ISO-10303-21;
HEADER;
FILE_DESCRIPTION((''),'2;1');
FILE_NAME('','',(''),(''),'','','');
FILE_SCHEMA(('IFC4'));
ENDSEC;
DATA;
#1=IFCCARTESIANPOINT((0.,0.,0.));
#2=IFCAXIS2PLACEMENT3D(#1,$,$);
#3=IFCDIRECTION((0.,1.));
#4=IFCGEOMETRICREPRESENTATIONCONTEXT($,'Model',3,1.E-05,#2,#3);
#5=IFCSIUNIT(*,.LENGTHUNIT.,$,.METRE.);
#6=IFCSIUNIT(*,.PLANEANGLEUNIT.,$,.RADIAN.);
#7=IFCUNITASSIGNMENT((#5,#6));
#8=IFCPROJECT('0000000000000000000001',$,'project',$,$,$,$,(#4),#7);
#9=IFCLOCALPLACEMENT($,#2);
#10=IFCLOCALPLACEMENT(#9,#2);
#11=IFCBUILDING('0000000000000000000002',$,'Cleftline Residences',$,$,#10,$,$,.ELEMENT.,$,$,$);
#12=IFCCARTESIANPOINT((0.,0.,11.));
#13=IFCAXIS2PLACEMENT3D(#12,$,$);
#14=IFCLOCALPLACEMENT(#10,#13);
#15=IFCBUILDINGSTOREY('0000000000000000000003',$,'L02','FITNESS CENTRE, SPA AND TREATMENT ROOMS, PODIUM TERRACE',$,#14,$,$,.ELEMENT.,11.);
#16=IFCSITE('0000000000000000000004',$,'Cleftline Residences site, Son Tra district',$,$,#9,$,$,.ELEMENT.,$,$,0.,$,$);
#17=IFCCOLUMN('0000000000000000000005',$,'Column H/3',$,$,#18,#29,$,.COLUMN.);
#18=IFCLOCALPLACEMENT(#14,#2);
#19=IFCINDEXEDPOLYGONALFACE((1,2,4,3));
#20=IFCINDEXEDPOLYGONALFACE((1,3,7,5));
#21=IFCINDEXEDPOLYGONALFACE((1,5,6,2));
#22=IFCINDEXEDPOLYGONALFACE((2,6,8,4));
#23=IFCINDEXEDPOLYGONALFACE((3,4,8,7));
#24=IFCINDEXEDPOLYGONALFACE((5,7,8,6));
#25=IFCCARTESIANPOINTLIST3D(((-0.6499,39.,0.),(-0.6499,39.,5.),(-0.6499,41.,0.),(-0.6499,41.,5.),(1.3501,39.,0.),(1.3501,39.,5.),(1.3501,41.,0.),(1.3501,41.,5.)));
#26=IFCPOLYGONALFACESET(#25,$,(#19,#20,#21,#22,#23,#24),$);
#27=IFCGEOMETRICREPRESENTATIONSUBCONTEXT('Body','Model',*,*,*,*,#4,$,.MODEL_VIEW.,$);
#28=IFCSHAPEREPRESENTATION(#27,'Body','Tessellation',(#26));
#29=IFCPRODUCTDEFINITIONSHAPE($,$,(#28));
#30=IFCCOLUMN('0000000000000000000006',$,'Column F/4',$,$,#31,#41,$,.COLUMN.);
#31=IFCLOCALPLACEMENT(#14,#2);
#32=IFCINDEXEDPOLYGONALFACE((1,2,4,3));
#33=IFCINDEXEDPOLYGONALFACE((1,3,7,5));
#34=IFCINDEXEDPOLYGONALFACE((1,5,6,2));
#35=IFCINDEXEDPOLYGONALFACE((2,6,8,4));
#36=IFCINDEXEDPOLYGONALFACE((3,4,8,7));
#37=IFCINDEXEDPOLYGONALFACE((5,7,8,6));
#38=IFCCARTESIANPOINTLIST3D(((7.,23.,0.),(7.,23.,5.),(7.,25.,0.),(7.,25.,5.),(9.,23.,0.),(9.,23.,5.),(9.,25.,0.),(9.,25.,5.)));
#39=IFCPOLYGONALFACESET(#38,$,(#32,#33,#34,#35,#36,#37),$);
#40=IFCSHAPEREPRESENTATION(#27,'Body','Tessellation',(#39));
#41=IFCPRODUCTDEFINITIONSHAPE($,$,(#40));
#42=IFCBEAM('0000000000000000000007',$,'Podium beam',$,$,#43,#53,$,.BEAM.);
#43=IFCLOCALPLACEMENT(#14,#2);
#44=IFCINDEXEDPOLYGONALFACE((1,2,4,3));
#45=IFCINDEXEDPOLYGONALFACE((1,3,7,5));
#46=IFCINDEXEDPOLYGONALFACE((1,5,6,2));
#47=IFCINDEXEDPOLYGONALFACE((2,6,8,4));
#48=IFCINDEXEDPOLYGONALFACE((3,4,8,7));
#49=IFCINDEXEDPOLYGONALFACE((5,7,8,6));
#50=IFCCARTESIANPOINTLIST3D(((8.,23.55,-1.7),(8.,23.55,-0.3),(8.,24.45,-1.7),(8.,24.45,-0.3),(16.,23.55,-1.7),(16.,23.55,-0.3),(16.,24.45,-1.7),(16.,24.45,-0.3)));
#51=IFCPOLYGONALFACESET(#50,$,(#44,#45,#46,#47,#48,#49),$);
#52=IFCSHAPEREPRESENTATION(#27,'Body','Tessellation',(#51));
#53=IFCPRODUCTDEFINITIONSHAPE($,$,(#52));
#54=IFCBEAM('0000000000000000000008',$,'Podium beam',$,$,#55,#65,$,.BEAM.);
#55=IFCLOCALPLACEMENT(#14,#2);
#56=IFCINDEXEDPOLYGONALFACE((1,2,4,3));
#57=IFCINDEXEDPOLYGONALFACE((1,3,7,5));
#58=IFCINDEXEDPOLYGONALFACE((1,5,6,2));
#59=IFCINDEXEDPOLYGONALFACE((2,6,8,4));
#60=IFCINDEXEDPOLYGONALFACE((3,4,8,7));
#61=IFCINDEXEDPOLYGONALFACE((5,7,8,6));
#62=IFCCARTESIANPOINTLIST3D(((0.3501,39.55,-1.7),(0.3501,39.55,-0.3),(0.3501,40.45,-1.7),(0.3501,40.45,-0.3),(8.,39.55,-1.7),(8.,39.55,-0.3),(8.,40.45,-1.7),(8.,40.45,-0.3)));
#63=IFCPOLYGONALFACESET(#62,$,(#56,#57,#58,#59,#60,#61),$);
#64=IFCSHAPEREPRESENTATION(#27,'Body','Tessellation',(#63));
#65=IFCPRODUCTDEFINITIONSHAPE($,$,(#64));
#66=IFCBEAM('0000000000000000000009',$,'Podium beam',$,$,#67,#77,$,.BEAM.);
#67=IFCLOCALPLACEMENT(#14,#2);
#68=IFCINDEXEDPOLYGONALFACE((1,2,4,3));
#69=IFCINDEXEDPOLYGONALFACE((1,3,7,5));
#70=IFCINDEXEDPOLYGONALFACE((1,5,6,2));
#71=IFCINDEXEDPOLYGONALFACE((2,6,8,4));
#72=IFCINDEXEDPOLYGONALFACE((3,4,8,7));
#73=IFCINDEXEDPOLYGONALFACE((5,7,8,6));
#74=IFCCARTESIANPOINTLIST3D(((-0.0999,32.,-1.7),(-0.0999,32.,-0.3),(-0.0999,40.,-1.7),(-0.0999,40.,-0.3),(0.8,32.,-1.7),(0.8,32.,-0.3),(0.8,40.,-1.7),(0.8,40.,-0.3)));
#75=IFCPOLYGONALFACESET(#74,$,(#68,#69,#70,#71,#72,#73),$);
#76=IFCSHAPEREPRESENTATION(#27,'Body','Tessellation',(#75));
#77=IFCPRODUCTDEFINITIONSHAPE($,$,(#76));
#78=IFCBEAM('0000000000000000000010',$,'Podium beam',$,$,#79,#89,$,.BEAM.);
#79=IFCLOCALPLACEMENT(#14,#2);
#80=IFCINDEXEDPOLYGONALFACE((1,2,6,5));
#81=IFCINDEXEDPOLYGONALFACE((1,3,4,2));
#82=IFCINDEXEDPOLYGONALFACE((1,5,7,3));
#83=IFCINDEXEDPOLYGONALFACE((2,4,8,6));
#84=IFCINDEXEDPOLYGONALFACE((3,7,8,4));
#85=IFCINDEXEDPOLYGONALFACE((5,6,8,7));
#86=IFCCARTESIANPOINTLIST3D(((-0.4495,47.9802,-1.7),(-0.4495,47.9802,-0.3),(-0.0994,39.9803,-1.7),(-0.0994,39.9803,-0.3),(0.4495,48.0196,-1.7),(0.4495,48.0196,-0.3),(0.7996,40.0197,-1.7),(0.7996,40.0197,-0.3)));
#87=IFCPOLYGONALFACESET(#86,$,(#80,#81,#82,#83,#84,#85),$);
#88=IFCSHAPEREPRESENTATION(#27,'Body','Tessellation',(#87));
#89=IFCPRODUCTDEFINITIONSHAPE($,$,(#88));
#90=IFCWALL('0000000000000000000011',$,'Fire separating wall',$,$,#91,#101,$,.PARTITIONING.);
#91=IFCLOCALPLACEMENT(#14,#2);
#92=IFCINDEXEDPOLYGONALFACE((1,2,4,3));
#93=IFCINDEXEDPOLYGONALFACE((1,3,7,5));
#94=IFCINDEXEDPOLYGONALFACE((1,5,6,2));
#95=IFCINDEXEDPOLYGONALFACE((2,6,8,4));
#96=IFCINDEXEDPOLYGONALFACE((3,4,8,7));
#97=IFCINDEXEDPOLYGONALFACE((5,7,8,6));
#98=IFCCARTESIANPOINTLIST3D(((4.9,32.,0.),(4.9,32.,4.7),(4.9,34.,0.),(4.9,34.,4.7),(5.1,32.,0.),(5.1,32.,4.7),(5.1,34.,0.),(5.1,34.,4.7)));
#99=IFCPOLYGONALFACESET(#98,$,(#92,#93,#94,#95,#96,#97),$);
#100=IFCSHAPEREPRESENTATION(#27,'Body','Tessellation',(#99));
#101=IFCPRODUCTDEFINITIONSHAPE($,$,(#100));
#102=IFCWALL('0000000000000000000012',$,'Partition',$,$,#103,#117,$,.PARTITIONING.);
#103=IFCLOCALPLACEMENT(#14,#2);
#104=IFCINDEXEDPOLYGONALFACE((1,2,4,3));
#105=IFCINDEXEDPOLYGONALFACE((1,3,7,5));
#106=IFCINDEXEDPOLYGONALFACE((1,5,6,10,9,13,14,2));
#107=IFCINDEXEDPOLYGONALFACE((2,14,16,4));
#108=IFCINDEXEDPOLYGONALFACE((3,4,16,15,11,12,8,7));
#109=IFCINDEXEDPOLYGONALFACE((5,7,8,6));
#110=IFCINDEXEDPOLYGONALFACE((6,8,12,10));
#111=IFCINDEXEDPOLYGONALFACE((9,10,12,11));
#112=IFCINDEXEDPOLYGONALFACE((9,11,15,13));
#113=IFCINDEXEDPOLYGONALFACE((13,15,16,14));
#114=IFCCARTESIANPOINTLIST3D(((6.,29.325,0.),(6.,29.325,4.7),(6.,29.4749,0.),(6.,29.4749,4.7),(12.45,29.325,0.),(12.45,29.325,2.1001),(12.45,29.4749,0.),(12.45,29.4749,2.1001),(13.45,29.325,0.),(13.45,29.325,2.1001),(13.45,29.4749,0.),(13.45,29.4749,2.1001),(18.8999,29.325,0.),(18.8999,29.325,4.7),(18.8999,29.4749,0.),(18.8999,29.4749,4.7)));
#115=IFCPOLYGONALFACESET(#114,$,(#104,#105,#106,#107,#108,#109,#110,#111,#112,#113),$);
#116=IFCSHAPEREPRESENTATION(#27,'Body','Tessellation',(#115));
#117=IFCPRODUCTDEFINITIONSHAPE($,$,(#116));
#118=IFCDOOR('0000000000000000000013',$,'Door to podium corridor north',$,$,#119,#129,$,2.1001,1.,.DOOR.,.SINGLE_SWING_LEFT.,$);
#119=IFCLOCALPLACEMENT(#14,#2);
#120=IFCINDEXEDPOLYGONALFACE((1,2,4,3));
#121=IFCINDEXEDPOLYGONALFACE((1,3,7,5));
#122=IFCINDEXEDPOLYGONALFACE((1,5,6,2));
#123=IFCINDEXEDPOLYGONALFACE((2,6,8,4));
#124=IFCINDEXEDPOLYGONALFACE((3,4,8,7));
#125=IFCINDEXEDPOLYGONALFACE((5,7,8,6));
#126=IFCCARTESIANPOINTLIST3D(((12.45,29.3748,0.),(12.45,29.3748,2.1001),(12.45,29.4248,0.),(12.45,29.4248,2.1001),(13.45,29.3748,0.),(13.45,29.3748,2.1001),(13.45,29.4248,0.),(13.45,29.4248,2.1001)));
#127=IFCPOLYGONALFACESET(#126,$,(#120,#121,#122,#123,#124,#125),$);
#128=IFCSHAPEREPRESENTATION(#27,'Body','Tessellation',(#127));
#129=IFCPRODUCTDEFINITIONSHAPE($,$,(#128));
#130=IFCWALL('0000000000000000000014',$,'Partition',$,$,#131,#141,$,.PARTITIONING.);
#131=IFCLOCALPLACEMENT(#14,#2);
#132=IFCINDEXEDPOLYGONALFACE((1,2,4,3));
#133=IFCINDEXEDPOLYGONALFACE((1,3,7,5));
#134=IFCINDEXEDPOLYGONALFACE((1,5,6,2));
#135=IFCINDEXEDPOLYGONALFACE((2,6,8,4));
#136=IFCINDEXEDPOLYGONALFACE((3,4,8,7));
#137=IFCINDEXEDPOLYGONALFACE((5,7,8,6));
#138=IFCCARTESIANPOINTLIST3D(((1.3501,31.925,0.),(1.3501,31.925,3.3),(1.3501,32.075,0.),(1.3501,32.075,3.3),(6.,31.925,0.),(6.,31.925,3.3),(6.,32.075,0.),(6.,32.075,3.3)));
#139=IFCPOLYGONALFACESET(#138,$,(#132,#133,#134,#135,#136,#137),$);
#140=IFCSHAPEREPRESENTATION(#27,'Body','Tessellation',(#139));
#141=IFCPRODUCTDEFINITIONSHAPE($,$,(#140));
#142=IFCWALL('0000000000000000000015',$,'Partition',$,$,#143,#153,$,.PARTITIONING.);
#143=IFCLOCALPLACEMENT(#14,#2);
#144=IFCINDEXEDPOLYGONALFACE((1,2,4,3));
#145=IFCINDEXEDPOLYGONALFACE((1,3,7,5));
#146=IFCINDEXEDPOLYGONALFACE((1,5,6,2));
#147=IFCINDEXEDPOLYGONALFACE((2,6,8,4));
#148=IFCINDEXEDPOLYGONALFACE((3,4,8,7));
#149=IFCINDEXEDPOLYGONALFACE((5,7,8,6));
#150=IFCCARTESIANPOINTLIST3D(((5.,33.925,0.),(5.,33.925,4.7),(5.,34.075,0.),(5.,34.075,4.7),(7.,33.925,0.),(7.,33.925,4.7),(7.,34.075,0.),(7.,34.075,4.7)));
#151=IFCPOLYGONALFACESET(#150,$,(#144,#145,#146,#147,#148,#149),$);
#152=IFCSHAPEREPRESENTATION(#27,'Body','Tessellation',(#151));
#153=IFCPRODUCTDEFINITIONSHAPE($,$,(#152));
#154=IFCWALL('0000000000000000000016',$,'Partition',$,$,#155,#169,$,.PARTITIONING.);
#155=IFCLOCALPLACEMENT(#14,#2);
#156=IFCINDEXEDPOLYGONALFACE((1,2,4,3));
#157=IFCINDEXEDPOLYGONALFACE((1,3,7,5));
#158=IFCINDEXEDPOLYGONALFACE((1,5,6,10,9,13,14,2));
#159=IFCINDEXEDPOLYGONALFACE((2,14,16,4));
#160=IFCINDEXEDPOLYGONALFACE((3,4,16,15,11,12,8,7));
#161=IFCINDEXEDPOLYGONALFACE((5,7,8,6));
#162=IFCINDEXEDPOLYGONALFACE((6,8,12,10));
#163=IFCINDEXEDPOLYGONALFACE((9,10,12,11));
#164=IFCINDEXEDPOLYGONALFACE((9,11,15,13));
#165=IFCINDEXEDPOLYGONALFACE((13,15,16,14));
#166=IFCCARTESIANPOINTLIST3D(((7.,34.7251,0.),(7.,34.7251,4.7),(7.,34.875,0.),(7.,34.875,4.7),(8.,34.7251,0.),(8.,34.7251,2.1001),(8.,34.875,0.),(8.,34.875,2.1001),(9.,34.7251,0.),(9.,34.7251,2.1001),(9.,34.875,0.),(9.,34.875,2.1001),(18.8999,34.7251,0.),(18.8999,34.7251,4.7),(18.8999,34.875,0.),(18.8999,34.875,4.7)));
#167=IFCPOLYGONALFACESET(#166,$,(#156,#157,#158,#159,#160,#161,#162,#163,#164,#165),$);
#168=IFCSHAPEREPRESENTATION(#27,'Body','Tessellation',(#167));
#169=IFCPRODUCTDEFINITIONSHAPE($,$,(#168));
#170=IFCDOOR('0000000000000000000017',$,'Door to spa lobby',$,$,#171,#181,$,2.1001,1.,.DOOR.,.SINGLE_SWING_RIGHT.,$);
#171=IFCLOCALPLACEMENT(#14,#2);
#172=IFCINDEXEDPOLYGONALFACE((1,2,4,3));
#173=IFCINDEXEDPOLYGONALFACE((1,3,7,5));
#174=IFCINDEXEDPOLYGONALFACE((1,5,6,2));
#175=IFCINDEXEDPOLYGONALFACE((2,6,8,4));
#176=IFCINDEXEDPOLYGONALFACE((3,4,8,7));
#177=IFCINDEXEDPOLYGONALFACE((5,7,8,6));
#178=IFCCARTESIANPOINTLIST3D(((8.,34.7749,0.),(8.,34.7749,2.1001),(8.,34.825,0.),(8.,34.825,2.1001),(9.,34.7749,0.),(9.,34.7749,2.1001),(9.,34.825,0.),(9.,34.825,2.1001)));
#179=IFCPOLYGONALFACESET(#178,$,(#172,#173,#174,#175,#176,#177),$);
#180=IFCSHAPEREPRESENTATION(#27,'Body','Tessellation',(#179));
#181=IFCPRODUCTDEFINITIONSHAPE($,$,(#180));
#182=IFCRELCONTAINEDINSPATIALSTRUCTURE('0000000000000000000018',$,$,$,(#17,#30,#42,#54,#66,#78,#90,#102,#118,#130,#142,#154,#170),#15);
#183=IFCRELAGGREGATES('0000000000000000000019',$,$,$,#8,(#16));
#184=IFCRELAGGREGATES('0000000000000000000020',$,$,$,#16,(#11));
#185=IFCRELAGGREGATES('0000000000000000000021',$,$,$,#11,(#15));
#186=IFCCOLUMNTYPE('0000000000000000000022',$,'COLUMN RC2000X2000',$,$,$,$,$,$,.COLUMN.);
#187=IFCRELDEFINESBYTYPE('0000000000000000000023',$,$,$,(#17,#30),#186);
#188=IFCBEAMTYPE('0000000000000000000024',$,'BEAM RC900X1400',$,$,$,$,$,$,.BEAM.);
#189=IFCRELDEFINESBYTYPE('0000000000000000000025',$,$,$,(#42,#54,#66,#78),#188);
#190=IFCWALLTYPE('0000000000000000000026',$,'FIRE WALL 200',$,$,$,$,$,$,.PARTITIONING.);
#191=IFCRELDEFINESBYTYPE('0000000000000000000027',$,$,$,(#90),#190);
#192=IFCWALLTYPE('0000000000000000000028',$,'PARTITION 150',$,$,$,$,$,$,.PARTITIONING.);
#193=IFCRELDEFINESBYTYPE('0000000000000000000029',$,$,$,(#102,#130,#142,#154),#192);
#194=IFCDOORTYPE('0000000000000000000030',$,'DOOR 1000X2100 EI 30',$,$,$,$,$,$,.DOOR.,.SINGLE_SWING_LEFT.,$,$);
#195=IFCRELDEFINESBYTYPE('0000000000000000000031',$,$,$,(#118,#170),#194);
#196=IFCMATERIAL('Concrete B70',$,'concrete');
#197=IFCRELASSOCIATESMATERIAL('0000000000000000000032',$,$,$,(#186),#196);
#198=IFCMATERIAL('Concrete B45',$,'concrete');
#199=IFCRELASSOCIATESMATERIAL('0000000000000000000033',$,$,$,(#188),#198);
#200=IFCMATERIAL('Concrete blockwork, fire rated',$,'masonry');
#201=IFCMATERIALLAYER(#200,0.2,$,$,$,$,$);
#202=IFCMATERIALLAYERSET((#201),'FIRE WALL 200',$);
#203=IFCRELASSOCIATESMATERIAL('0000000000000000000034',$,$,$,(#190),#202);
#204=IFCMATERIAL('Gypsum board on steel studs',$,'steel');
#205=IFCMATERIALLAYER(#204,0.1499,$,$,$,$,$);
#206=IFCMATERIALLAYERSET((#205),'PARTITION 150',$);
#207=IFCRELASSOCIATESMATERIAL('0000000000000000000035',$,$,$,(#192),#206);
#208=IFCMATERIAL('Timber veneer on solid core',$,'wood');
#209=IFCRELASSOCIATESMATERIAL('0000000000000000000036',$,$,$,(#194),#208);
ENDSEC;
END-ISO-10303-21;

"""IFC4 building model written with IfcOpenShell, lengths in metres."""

from ifc_helpers import new_model, si_unit, direction, frame, frame_2d, origin, origin_2d, place, context, subcontext, project, spatial, rectangle, extrude, material, layer, layer_set, material_profile, profile_set, type_object, element, fill, save


model = new_model("IFC4")

# Units and contexts
model_context = context("Model", 3, precision=1e-05, world=origin(), true_north=direction((0.0, 1.0)))
body_context = subcontext(model_context, "Body", "Model", "MODEL_VIEW")
ifc_project = project(units=[si_unit("LENGTHUNIT", "METRE"), si_unit("PLANEANGLEUNIT", "RADIAN")], contexts=[model_context])

# Site, building, storey
site_placement = place(None, origin())
site = spatial("IfcSite", under=ifc_project, at=site_placement, Name="Cleftline Residences site, Son Tra district", CompositionType="ELEMENT", RefElevation=0.0)
building_placement = place(site_placement, origin())
building = spatial("IfcBuilding", under=site, at=building_placement, Name="Cleftline Residences", CompositionType="ELEMENT")
storey_placement = place(building_placement, frame((0.0, 0.0, 11.0)))
storey = spatial("IfcBuildingStorey", under=building, at=storey_placement, Name="L02", Description="FITNESS CENTRE, SPA AND TREATMENT ROOMS, PODIUM TERRACE", CompositionType="ELEMENT", Elevation=11.0)

# Columns
ifc_material_1 = material(Name="Concrete B70", Category="concrete")
ifc_material_profile_1 = material_profile(ifc_material_1, rectangle(XDim=2.0, YDim=2.0, at=origin_2d()))
ifc_profile_set_1 = profile_set([ifc_material_profile_1], Name="Concrete B70")
column_type = type_object("IfcColumnType", Name="COLUMN RC2000X2000", PredefinedType="COLUMN", material=ifc_profile_set_1)
for number, where, z_axis, x_axis, name in (
    (1, (0.3501, 40.0, 0.0), (0.0, 0.0, 1.0), (1.0, 0.0, 0.0), "Column H/3"),
    (2, (8.0, 24.0, 0.0), (0.0, 0.0, 1.0), (1.0, 0.0, 0.0), "Column F/4"),
):
    element("IfcColumn", number, at=place(storey_placement, frame(where, z_axis=z_axis, x_axis=x_axis)), inside=storey, type_object=column_type, Name=name, PredefinedType="COLUMN", context=body_context, shape_type="SweptSolid", body=[
        extrude(rectangle(XDim=2.0, YDim=2.0, at=origin_2d()), origin(), (0.0, 0.0, 1.0), 5.0),
    ])

# Beams
ifc_material_2 = material(Name="Concrete B45", Category="concrete")
ifc_material_profile_2 = material_profile(ifc_material_2, rectangle(XDim=0.8999, YDim=1.3999, at=origin_2d()))
ifc_profile_set_2 = profile_set([ifc_material_profile_2], Name="Concrete B45")
beam_type = type_object("IfcBeamType", Name="BEAM RC900X1400", PredefinedType="BEAM", material=ifc_profile_set_2)
beam_1_placement = place(storey_placement, frame((8.0, 24.0, -1.0), z_axis=(1.0, 0.0, 0.0), x_axis=(0.0, 1.0, 0.0)))
element("IfcBeam", 3, at=beam_1_placement, inside=storey, type_object=beam_type, Name="Podium beam", PredefinedType="BEAM", context=body_context, shape_type="SweptSolid", body=[
    extrude(rectangle(XDim=0.8999, YDim=1.3999, at=origin_2d()), origin(), (0.0, 0.0, 1.0), 8.0),
])
beam_2_placement = place(storey_placement, frame((0.3501, 40.0, -1.0), z_axis=(1.0, 0.0, 0.0), x_axis=(0.0, 1.0, 0.0)))
element("IfcBeam", 4, at=beam_2_placement, inside=storey, type_object=beam_type, Name="Podium beam", PredefinedType="BEAM", context=body_context, shape_type="SweptSolid", body=[
    extrude(rectangle(XDim=0.8999, YDim=1.3999, at=origin_2d()), origin(), (0.0, 0.0, 1.0), 7.6499),
])
beam_3_placement = place(storey_placement, frame((0.3501, 32.0, -1.0), z_axis=(0.0, 1.0, 0.0), x_axis=(-1.0, 0.0, 0.0)))
element("IfcBeam", 5, at=beam_3_placement, inside=storey, type_object=beam_type, Name="Podium beam", PredefinedType="BEAM", context=body_context, shape_type="SweptSolid", body=[
    extrude(rectangle(XDim=0.8999, YDim=1.3999, at=origin_2d()), origin(), (0.0, 0.0, 1.0), 8.0),
])
beam_4_placement = place(storey_placement, frame((0.3501, 40.0, -1.0), z_axis=(-0.04372, 0.999044, 0.0), x_axis=(-0.999044, -0.04372, 0.0)))
element("IfcBeam", 6, at=beam_4_placement, inside=storey, type_object=beam_type, Name="Podium beam", PredefinedType="BEAM", context=body_context, shape_type="SweptSolid", body=[
    extrude(rectangle(XDim=0.8999, YDim=1.3999, at=origin_2d()), origin(), (0.0, 0.0, 1.0), 8.0076),
])

# Wall
ifc_material_3 = material(Name="Concrete blockwork, fire rated", Category="masonry")
ifc_layer_1 = layer(ifc_material_3, 0.2)
ifc_layer_set_1 = layer_set([ifc_layer_1], Name="FIRE WALL 200")
wall_type_1 = type_object("IfcWallType", Name="FIRE WALL 200", PredefinedType="PARTITIONING", material=ifc_layer_set_1)
wall_1_placement = place(storey_placement, frame((5.0, 32.0, 0.0), z_axis=(0.0, 0.0, 1.0), x_axis=(0.0, 1.0, 0.0)))
element("IfcWall", 7, at=wall_1_placement, inside=storey, type_object=wall_type_1, Name="Fire separating wall", PredefinedType="PARTITIONING", context=body_context, shape_type="SweptSolid", body=[
    extrude(rectangle(XDim=2.0, YDim=0.2, at=frame_2d((1.0, 0.0))), origin(), (0.0, 0.0, 1.0), 4.7),
])

# Wall, opening, door
ifc_material_4 = material(Name="Gypsum board on steel studs", Category="steel")
ifc_layer_2 = layer(ifc_material_4, 0.1499)
ifc_layer_set_2 = layer_set([ifc_layer_2], Name="PARTITION 150")
wall_type_2 = type_object("IfcWallType", Name="PARTITION 150", PredefinedType="PARTITIONING", material=ifc_layer_set_2)
wall_2_placement = place(storey_placement, frame((6.0, 29.3999, 0.0), z_axis=(0.0, 0.0, 1.0), x_axis=(1.0, 0.0, 0.0)))
wall_2 = element("IfcWall", 8, at=wall_2_placement, inside=storey, type_object=wall_type_2, Name="Partition", PredefinedType="PARTITIONING", context=body_context, shape_type="SweptSolid", body=[
    extrude(rectangle(XDim=12.8999, YDim=0.1499, at=frame_2d((6.45, 0.0))), origin(), (0.0, 0.0, 1.0), 4.7),
])
opening_1_placement = place(wall_2_placement, frame((6.45, 0.0, 0.0)))
opening_1 = element("IfcOpeningElement", 9, at=opening_1_placement, cuts=wall_2, PredefinedType="OPENING", context=body_context, shape_type="SweptSolid", body=[
    extrude(rectangle(XDim=1.0, YDim=2.1001, at=frame_2d((0.5, 1.05))), frame((0.0, 0.085, 0.0), z_axis=(0.0, -1.0, 0.0), x_axis=(1.0, 0.0, 0.0)), (0.0, 0.0, 1.0), 0.1699),
])
ifc_material_5 = material(Name="Timber veneer on solid core", Category="wood")
door_type_1 = type_object("IfcDoorType", Name="DOOR 1000X2100 EI 30", OperationType="SINGLE_SWING_LEFT", PredefinedType="DOOR", material=ifc_material_5)
door_1_placement = place(opening_1_placement, origin())
door_1 = element("IfcDoor", 10, at=door_1_placement, inside=storey, type_object=door_type_1, Name="Door to podium corridor north", OperationType="SINGLE_SWING_LEFT", OverallHeight=2.1001, OverallWidth=1.0, PredefinedType="DOOR", context=body_context, shape_type="SweptSolid", body=[
    extrude(rectangle(XDim=1.0, YDim=2.1001, at=frame_2d((0.5, 1.05))), frame((0.0, 0.0249, 0.0), z_axis=(0.0, -1.0, 0.0), x_axis=(1.0, 0.0, 0.0)), (0.0, 0.0, 1.0), 0.05),
])
fill(opening_1, door_1)

# Walls
wall_3_placement = place(storey_placement, frame((1.3501, 32.0, 0.0), z_axis=(0.0, 0.0, 1.0), x_axis=(1.0, 0.0, 0.0)))
element("IfcWall", 11, at=wall_3_placement, inside=storey, type_object=wall_type_2, Name="Partition", PredefinedType="PARTITIONING", context=body_context, shape_type="SweptSolid", body=[
    extrude(rectangle(XDim=4.6499, YDim=0.1499, at=frame_2d((2.325, 0.0))), origin(), (0.0, 0.0, 1.0), 3.3),
])
wall_4_placement = place(storey_placement, frame((5.0, 34.0, 0.0), z_axis=(0.0, 0.0, 1.0), x_axis=(1.0, 0.0, 0.0)))
element("IfcWall", 12, at=wall_4_placement, inside=storey, type_object=wall_type_2, Name="Partition", PredefinedType="PARTITIONING", context=body_context, shape_type="SweptSolid", body=[
    extrude(rectangle(XDim=2.0, YDim=0.1499, at=frame_2d((1.0, 0.0))), origin(), (0.0, 0.0, 1.0), 4.7),
])

# Wall, opening, door
wall_5_placement = place(storey_placement, frame((7.0, 34.8, 0.0), z_axis=(0.0, 0.0, 1.0), x_axis=(1.0, 0.0, 0.0)))
wall_5 = element("IfcWall", 13, at=wall_5_placement, inside=storey, type_object=wall_type_2, Name="Partition", PredefinedType="PARTITIONING", context=body_context, shape_type="SweptSolid", body=[
    extrude(rectangle(XDim=11.8999, YDim=0.1499, at=frame_2d((5.95, 0.0))), origin(), (0.0, 0.0, 1.0), 4.7),
])
opening_2_placement = place(wall_5_placement, frame((1.0, 0.0, 0.0)))
opening_2 = element("IfcOpeningElement", 14, at=opening_2_placement, cuts=wall_5, PredefinedType="OPENING", context=body_context, shape_type="SweptSolid", body=[
    extrude(rectangle(XDim=1.0, YDim=2.1001, at=frame_2d((0.5, 1.05))), frame((0.0, 0.085, 0.0), z_axis=(0.0, -1.0, 0.0), x_axis=(1.0, 0.0, 0.0)), (0.0, 0.0, 1.0), 0.1699),
])
door_2_placement = place(opening_2_placement, origin())
door_2 = element("IfcDoor", 15, at=door_2_placement, inside=storey, type_object=door_type_1, Name="Door to spa lobby", OperationType="SINGLE_SWING_RIGHT", OverallHeight=2.1001, OverallWidth=1.0, PredefinedType="DOOR", context=body_context, shape_type="SweptSolid", body=[
    extrude(rectangle(XDim=1.0, YDim=2.1001, at=frame_2d((0.5, 1.05))), frame((0.0, 0.0249, 0.0), z_axis=(0.0, -1.0, 0.0), x_axis=(1.0, 0.0, 0.0)), (0.0, 0.0, 1.0), 0.05),
])
fill(opening_2, door_2)

save(model, "model.ifc")
